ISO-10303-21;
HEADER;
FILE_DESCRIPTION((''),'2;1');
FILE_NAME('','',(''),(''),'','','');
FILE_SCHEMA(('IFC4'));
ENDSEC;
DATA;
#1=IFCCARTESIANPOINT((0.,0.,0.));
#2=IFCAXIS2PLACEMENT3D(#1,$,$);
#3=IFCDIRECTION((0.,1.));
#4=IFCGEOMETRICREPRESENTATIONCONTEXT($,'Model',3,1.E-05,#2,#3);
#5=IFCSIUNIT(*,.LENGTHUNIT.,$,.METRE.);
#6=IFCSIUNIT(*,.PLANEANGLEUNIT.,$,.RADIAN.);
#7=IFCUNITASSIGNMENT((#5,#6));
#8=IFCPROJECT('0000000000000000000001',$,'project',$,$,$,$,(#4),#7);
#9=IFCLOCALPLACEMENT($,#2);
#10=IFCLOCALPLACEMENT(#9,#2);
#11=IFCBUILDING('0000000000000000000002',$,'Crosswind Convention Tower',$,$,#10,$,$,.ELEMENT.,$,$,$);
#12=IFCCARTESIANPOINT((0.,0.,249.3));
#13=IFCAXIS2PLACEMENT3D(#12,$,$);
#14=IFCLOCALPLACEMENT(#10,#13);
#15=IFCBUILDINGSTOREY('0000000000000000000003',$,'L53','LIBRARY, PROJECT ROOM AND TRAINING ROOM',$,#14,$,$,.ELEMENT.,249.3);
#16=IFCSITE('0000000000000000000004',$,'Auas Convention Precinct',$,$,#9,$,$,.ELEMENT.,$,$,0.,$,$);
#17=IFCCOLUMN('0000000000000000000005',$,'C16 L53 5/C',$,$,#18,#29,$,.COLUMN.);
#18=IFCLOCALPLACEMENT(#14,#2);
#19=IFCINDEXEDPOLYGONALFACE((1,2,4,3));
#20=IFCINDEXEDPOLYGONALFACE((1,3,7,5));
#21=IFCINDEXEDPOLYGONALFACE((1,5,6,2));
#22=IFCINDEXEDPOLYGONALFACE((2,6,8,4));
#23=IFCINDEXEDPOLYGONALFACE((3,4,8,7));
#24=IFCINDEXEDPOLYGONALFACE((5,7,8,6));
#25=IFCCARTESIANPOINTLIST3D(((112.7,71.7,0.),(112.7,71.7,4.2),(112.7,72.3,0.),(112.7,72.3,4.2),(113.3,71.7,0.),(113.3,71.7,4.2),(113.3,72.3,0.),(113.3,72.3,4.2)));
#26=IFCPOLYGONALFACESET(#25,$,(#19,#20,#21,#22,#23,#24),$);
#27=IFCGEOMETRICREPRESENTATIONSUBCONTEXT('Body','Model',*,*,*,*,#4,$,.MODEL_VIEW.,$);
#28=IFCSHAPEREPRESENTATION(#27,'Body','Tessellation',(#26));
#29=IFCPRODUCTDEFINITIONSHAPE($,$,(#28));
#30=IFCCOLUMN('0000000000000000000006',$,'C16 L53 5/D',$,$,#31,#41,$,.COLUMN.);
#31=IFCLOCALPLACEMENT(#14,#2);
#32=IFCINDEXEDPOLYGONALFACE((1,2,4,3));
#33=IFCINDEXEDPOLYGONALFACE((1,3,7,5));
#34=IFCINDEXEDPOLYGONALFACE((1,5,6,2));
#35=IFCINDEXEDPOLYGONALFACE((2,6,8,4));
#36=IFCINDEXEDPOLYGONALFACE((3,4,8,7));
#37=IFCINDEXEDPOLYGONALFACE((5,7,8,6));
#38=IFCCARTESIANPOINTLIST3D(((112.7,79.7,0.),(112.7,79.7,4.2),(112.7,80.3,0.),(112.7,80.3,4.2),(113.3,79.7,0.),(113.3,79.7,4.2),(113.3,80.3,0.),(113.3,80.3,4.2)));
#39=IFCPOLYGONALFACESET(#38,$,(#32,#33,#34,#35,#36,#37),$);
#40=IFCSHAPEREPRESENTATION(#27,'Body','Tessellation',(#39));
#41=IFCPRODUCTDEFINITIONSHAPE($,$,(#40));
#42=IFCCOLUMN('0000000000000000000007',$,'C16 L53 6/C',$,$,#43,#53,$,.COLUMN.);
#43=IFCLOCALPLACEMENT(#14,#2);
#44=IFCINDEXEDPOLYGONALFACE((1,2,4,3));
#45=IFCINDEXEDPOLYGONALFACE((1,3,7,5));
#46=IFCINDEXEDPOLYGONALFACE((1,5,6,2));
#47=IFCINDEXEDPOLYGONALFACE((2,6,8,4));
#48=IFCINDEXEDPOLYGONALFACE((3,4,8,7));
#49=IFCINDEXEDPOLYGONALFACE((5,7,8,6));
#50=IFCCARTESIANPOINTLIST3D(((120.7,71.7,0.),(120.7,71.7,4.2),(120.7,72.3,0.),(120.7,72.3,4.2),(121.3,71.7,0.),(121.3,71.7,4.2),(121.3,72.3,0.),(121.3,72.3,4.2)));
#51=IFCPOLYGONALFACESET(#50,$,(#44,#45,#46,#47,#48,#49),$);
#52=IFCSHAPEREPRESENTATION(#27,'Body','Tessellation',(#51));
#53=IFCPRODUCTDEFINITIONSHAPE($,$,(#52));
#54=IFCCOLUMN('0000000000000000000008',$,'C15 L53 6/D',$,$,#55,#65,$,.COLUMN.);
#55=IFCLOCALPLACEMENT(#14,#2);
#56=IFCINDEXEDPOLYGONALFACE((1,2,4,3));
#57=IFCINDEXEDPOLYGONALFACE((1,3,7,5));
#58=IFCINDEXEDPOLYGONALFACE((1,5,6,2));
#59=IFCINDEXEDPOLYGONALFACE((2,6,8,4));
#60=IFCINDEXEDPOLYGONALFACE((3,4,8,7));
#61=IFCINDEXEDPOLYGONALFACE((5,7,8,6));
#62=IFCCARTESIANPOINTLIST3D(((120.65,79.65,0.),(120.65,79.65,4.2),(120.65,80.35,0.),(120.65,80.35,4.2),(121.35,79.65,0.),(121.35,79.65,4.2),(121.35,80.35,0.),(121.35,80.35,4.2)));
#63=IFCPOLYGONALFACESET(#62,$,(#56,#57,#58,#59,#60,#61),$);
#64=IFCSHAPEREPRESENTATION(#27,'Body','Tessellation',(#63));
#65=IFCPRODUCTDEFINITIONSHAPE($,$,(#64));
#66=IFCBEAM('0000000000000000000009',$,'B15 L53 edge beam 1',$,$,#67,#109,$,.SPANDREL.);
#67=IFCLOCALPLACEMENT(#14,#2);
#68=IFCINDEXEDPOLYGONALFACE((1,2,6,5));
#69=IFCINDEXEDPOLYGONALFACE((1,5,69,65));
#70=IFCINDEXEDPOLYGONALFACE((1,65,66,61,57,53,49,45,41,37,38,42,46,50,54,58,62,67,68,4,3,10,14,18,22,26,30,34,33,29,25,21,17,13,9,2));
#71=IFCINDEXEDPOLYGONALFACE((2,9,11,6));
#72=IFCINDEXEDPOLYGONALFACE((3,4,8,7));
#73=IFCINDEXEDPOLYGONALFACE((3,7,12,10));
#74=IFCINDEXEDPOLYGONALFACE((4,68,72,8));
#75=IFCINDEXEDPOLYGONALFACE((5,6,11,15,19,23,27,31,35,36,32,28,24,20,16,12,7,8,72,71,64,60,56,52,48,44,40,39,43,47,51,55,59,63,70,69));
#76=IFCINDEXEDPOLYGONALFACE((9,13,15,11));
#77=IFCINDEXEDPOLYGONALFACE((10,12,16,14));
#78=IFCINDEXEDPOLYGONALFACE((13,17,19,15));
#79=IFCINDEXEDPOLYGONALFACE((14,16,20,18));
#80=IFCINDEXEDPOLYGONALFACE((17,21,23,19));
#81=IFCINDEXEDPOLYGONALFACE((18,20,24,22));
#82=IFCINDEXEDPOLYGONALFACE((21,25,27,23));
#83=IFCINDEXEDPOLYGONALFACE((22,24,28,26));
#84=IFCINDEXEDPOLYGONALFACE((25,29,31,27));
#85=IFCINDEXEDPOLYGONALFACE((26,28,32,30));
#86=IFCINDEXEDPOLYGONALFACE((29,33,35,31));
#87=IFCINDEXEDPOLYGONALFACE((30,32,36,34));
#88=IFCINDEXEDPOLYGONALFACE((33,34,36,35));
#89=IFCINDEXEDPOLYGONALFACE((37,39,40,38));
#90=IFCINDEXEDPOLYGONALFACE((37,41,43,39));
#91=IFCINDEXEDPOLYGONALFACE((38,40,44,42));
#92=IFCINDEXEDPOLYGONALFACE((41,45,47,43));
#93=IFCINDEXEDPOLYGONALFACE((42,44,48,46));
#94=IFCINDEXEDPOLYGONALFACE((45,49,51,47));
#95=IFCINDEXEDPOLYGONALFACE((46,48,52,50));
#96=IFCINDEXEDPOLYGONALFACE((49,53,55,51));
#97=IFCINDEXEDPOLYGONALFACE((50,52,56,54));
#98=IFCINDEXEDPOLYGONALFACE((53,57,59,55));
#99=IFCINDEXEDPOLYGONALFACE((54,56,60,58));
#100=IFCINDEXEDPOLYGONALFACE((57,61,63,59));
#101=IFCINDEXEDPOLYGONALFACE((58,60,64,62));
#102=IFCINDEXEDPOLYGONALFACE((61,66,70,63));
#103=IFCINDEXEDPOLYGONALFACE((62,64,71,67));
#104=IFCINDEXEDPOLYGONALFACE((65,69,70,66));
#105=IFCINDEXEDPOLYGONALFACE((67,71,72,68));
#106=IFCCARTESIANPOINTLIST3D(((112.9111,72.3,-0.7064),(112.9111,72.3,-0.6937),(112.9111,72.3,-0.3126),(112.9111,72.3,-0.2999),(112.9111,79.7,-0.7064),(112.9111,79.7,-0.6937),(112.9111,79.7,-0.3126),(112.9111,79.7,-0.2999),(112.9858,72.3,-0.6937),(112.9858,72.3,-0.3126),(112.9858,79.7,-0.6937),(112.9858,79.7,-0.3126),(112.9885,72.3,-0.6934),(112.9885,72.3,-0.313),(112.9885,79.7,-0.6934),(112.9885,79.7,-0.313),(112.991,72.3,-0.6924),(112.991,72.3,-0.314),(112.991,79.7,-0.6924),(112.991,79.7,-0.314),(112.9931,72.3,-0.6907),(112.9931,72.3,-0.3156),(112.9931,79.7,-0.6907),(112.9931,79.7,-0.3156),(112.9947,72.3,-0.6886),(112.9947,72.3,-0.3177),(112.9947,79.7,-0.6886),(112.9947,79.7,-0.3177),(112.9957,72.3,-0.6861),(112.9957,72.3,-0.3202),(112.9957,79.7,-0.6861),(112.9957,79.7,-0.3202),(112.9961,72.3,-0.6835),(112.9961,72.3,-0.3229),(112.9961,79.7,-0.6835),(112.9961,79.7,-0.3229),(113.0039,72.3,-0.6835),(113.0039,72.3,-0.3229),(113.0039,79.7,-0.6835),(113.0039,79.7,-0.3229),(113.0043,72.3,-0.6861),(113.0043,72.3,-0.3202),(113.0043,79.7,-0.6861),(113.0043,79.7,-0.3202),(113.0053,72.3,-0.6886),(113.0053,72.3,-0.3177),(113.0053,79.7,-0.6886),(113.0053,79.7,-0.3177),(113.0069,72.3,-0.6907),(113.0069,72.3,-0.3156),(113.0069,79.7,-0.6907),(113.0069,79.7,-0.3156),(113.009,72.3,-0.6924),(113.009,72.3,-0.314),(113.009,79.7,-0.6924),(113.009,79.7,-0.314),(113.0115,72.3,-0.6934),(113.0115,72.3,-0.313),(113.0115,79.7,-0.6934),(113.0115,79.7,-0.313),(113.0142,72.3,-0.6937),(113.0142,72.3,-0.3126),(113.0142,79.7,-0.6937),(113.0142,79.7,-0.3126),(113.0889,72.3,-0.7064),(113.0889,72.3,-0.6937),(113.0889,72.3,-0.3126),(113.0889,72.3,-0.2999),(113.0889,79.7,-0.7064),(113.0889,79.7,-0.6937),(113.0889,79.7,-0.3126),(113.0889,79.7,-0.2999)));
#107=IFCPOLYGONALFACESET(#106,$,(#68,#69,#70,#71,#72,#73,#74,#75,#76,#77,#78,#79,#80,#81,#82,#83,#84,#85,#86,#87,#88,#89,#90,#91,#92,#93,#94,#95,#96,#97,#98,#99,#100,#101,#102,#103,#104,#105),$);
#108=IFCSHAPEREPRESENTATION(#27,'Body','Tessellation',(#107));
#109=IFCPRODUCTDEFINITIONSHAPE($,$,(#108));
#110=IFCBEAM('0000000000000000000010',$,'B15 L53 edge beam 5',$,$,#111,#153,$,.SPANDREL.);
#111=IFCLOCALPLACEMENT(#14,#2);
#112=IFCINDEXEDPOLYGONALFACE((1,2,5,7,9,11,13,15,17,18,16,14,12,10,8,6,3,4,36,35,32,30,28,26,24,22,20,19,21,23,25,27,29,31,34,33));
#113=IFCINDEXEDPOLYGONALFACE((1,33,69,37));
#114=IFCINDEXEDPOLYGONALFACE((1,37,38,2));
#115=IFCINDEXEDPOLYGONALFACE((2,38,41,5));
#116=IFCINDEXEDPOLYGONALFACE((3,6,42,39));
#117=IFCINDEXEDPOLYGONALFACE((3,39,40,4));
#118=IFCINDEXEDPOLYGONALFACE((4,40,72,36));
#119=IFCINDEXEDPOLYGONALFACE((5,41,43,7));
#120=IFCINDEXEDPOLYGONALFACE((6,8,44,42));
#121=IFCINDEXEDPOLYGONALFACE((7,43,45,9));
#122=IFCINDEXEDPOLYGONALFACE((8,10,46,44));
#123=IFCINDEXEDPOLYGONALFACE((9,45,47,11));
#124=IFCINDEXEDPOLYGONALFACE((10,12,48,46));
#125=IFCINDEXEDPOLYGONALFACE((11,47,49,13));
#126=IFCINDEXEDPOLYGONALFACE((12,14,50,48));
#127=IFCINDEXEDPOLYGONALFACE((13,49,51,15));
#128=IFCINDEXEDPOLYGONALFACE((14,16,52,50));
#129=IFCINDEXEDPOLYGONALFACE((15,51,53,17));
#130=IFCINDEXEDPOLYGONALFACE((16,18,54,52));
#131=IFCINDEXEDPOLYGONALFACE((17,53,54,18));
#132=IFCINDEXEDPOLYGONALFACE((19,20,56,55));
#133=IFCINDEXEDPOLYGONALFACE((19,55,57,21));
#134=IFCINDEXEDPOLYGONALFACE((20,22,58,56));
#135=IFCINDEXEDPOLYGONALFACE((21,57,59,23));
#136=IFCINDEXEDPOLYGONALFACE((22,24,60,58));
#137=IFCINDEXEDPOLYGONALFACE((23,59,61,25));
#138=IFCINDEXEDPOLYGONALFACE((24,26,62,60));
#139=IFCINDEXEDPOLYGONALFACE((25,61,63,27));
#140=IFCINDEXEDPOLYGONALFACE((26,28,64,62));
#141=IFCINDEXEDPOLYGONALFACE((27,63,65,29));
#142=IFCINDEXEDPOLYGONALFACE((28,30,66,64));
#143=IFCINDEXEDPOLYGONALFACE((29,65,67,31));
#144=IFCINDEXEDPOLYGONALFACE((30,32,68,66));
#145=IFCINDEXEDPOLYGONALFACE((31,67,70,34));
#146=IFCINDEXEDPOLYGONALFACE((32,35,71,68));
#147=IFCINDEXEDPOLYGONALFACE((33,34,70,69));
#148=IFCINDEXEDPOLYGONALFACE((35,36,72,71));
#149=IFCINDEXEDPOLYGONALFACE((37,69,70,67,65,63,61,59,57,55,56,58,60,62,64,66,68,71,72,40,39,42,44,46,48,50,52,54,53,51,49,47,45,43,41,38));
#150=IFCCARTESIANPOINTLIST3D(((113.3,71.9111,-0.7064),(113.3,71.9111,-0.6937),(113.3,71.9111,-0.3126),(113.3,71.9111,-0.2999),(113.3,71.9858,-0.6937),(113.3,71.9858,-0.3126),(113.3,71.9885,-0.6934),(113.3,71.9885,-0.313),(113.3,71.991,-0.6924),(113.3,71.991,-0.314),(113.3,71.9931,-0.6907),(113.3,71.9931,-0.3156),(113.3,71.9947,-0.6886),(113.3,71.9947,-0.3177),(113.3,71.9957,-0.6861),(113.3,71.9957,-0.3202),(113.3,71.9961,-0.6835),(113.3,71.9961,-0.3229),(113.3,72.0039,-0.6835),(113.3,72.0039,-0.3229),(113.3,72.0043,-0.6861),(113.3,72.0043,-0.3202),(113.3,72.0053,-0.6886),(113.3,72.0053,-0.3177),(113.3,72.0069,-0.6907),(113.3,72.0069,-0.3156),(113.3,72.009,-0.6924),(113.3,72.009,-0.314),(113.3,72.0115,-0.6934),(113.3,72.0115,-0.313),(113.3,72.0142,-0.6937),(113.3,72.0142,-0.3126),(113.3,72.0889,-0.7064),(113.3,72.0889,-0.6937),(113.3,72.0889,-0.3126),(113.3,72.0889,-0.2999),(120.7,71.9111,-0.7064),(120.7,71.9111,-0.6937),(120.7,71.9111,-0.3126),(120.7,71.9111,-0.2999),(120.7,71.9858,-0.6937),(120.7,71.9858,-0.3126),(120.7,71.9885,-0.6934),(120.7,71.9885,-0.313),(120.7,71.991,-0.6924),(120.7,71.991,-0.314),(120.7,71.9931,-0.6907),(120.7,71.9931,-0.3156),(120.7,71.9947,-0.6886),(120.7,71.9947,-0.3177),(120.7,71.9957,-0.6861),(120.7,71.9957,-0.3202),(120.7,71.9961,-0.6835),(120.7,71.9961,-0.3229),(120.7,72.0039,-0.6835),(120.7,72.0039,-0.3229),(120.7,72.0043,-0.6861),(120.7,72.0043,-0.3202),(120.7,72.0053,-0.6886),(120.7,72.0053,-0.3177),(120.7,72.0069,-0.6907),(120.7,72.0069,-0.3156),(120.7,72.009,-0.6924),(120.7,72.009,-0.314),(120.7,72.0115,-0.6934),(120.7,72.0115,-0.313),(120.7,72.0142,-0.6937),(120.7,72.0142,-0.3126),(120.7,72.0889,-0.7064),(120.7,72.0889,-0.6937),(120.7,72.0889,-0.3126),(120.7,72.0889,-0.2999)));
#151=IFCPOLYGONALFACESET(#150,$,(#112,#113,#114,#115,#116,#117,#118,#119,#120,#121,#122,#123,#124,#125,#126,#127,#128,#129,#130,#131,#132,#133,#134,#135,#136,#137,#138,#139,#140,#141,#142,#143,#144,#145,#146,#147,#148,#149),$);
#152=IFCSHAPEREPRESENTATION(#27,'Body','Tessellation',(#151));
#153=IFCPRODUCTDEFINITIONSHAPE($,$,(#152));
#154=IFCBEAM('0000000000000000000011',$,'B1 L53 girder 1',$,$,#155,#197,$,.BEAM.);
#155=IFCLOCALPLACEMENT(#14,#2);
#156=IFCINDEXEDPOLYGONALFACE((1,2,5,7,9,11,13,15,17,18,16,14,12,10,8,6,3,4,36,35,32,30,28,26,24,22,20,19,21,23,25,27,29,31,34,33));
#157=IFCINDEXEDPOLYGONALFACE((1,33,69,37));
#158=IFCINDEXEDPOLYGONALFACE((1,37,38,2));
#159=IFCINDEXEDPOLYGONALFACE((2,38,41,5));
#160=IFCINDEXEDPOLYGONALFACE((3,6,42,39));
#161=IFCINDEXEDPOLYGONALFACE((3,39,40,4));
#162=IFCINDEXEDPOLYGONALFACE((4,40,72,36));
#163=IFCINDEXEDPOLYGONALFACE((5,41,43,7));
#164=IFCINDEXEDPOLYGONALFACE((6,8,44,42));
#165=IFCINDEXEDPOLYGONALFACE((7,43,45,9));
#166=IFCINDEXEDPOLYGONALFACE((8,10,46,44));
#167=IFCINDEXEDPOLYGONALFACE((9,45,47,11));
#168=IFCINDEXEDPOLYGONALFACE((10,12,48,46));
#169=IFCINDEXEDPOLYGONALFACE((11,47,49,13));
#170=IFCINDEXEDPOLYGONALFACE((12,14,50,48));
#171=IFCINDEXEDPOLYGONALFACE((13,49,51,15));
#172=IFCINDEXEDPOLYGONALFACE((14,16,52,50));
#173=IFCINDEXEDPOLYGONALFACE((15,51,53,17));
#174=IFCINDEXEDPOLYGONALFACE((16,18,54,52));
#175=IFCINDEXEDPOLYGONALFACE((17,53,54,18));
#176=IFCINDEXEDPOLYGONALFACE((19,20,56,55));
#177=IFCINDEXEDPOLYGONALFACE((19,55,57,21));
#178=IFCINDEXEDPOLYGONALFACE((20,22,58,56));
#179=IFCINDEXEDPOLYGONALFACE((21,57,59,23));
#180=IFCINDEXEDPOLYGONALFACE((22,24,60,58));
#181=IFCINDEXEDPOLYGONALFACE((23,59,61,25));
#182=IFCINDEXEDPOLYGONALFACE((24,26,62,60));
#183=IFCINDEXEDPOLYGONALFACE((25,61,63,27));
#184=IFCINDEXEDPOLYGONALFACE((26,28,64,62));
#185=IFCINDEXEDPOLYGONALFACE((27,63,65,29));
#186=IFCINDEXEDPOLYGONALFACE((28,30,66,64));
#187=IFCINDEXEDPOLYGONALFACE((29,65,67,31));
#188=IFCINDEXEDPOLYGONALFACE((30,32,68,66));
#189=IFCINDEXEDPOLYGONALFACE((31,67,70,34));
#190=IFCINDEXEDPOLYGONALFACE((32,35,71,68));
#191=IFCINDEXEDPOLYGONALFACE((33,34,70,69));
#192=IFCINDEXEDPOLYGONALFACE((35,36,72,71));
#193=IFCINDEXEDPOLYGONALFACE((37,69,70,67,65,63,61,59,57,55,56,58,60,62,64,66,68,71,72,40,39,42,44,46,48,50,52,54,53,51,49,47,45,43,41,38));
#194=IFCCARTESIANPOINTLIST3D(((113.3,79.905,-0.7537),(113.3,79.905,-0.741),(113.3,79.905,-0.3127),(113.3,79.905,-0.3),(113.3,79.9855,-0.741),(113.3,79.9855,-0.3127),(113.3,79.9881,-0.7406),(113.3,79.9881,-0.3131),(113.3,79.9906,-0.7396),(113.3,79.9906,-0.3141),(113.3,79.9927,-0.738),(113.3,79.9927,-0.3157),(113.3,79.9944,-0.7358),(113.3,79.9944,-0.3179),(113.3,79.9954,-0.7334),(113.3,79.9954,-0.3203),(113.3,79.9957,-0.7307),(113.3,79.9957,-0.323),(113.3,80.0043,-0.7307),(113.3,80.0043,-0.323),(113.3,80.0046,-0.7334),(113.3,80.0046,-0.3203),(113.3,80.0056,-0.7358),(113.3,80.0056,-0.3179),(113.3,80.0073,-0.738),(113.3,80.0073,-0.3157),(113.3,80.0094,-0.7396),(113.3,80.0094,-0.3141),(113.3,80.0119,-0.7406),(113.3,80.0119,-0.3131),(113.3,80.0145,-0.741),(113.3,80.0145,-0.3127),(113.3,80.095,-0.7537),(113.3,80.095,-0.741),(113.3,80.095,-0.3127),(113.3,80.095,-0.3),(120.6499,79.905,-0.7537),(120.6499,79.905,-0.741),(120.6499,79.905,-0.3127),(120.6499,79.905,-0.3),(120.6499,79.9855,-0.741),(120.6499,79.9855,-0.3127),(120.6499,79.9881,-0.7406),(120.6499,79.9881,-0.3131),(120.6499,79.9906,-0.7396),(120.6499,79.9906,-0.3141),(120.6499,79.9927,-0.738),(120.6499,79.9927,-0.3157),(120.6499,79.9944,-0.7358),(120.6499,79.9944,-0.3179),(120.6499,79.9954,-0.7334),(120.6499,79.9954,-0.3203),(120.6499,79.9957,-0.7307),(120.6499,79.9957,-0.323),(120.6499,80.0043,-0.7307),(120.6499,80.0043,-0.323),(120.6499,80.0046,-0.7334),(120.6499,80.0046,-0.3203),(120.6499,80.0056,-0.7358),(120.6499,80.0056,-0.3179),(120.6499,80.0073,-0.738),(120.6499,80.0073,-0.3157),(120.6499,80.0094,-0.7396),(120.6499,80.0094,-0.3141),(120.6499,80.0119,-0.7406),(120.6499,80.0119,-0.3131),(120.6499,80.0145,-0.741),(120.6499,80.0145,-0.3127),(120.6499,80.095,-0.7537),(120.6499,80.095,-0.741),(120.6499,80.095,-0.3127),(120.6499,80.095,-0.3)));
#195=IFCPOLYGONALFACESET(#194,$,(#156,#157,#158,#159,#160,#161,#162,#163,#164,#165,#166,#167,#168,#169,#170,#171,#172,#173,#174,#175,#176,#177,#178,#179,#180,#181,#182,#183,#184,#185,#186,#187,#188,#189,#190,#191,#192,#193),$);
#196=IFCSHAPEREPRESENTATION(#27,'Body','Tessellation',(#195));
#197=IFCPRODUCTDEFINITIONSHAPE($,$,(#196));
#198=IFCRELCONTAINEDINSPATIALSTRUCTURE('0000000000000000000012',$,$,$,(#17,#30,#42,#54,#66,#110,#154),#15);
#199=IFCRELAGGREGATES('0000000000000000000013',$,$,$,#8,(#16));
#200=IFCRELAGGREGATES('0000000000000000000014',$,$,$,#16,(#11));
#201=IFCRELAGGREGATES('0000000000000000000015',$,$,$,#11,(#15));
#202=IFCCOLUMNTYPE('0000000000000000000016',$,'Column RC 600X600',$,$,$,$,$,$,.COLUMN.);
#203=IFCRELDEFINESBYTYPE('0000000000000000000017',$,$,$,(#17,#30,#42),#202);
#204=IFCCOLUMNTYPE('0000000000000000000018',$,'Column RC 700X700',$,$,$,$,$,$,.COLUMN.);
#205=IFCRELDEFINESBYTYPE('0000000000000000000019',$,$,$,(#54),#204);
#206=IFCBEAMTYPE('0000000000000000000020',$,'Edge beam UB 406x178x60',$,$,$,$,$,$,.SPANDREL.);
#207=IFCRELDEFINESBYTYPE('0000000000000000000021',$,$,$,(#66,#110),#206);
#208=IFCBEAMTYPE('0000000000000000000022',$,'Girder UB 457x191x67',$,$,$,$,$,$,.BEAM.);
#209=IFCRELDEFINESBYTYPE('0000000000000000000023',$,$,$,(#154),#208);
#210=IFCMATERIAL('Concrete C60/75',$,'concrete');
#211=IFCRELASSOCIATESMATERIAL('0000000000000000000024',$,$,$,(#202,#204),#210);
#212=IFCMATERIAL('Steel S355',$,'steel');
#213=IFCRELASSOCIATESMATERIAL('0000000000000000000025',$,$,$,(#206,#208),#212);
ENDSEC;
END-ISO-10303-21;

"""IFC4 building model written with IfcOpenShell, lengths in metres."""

from ifc_helpers import new_model, si_unit, direction, frame, origin, origin_2d, place, context, subcontext, project, spatial, rectangle, i_section, extrude, material, material_profile, profile_set, type_object, element, save


model = new_model("IFC4")

# Units and contexts
model_context = context("Model", 3, precision=1e-05, world=origin(), true_north=direction((0.0, 1.0)))
body_context = subcontext(model_context, "Body", "Model", "MODEL_VIEW")
ifc_project = project(units=[si_unit("LENGTHUNIT", "METRE"), si_unit("PLANEANGLEUNIT", "RADIAN")], contexts=[model_context])

# Site, building, storey
site_placement = place(None, origin())
site = spatial("IfcSite", under=ifc_project, at=site_placement, Name="Auas Convention Precinct", CompositionType="ELEMENT", RefElevation=0.0)
building_placement = place(site_placement, origin())
building = spatial("IfcBuilding", under=site, at=building_placement, Name="Crosswind Convention Tower", CompositionType="ELEMENT")
storey_placement = place(building_placement, frame((0.0, 0.0, 249.3)))
storey = spatial("IfcBuildingStorey", under=building, at=storey_placement, Name="L53", Description="LIBRARY, PROJECT ROOM AND TRAINING ROOM", CompositionType="ELEMENT", Elevation=249.3)

# Columns
ifc_material_1 = material(Name="Concrete C60/75", Category="concrete")
ifc_material_profile_1 = material_profile(ifc_material_1, rectangle(XDim=0.6001, YDim=0.6001, at=origin_2d()), Name="RC 600X600")
ifc_profile_set_1 = profile_set([ifc_material_profile_1], Name="Concrete C60/75")
column_type_1 = type_object("IfcColumnType", Name="Column RC 600X600", PredefinedType="COLUMN", material=ifc_profile_set_1)
for number, where, z_axis, x_axis, name in (
    (1, (113.0, 72.0, 0.0), (0.0, 0.0, 1.0), (1.0, 0.0, 0.0), "C16 L53 5/C"),
    (2, (113.0, 80.0, 0.0), (0.0, 0.0, 1.0), (1.0, 0.0, 0.0), "C16 L53 5/D"),
    (3, (121.0, 72.0, 0.0), (0.0, 0.0, 1.0), (1.0, 0.0, 0.0), "C16 L53 6/C"),
):
    element("IfcColumn", number, at=place(storey_placement, frame(where, z_axis=z_axis, x_axis=x_axis)), inside=storey, type_object=column_type_1, Name=name, PredefinedType="COLUMN", context=body_context, shape_type="SweptSolid", body=[
        extrude(rectangle(XDim=0.6001, YDim=0.6001, at=origin_2d()), origin(), (0.0, 0.0, 1.0), 4.2),
    ])
ifc_material_profile_2 = material_profile(ifc_material_1, rectangle(XDim=0.7, YDim=0.7, at=origin_2d()), Name="RC 700X700")
ifc_profile_set_2 = profile_set([ifc_material_profile_2], Name="Concrete C60/75")
column_type_2 = type_object("IfcColumnType", Name="Column RC 700X700", PredefinedType="COLUMN", material=ifc_profile_set_2)
column_placement = place(storey_placement, frame((121.0, 80.0, 0.0), z_axis=(0.0, 0.0, 1.0), x_axis=(1.0, 0.0, 0.0)))
element("IfcColumn", 4, at=column_placement, inside=storey, type_object=column_type_2, Name="C15 L53 6/D", PredefinedType="COLUMN", context=body_context, shape_type="SweptSolid", body=[
    extrude(rectangle(XDim=0.7, YDim=0.7, at=origin_2d()), origin(), (0.0, 0.0, 1.0), 4.2),
])

# Beams
ifc_material_2 = material(Name="Steel S355", Category="steel")
ifc_material_profile_3 = material_profile(ifc_material_2, i_section(OverallWidth=0.1777, OverallDepth=0.4065, WebThickness=0.0078, FlangeThickness=0.0127, FilletRadius=0.0103, at=origin_2d()), Name="UB 406x178x60")
ifc_profile_set_3 = profile_set([ifc_material_profile_3], Name="Steel S355")
beam_type_1 = type_object("IfcBeamType", Name="Edge beam UB 406x178x60", PredefinedType="SPANDREL", material=ifc_profile_set_3)
for number, where, z_axis, x_axis, name in (
    (5, (113.0, 72.3, -0.5032), (0.0, 1.0, 0.0), (-1.0, 0.0, 0.0), "B15 L53 edge beam 1"),
    (6, (113.3, 72.0, -0.5032), (1.0, 0.0, 0.0), (0.0, 1.0, 0.0), "B15 L53 edge beam 5"),
):
    element("IfcBeam", number, at=place(storey_placement, frame(where, z_axis=z_axis, x_axis=x_axis)), inside=storey, type_object=beam_type_1, Name=name, PredefinedType="SPANDREL", context=body_context, shape_type="SweptSolid", body=[
        extrude(i_section(OverallWidth=0.1777, OverallDepth=0.4065, WebThickness=0.0078, FlangeThickness=0.0127, FilletRadius=0.0103, at=origin_2d()), origin(), (0.0, 0.0, 1.0), 7.3999),
    ])
ifc_material_profile_4 = material_profile(ifc_material_2, i_section(OverallWidth=0.1899, OverallDepth=0.4536, WebThickness=0.0085, FlangeThickness=0.0127, FilletRadius=0.0103, at=origin_2d()), Name="UB 457x191x67")
ifc_profile_set_4 = profile_set([ifc_material_profile_4], Name="Steel S355")
beam_type_2 = type_object("IfcBeamType", Name="Girder UB 457x191x67", PredefinedType="BEAM", material=ifc_profile_set_4)
for number, where, z_axis, x_axis, name in (
    (7, (113.3, 80.0, -0.5269), (1.0, 0.0, 0.0), (0.0, 1.0, 0.0), "B1 L53 girder 1"),
):
    element("IfcBeam", number, at=place(storey_placement, frame(where, z_axis=z_axis, x_axis=x_axis)), inside=storey, type_object=beam_type_2, Name=name, PredefinedType="BEAM", context=body_context, shape_type="SweptSolid", body=[
        extrude(i_section(OverallWidth=0.1899, OverallDepth=0.4536, WebThickness=0.0085, FlangeThickness=0.0127, FilletRadius=0.0103, at=origin_2d()), origin(), (0.0, 0.0, 1.0), 7.3499),
    ])

save(model, "model.ifc")
